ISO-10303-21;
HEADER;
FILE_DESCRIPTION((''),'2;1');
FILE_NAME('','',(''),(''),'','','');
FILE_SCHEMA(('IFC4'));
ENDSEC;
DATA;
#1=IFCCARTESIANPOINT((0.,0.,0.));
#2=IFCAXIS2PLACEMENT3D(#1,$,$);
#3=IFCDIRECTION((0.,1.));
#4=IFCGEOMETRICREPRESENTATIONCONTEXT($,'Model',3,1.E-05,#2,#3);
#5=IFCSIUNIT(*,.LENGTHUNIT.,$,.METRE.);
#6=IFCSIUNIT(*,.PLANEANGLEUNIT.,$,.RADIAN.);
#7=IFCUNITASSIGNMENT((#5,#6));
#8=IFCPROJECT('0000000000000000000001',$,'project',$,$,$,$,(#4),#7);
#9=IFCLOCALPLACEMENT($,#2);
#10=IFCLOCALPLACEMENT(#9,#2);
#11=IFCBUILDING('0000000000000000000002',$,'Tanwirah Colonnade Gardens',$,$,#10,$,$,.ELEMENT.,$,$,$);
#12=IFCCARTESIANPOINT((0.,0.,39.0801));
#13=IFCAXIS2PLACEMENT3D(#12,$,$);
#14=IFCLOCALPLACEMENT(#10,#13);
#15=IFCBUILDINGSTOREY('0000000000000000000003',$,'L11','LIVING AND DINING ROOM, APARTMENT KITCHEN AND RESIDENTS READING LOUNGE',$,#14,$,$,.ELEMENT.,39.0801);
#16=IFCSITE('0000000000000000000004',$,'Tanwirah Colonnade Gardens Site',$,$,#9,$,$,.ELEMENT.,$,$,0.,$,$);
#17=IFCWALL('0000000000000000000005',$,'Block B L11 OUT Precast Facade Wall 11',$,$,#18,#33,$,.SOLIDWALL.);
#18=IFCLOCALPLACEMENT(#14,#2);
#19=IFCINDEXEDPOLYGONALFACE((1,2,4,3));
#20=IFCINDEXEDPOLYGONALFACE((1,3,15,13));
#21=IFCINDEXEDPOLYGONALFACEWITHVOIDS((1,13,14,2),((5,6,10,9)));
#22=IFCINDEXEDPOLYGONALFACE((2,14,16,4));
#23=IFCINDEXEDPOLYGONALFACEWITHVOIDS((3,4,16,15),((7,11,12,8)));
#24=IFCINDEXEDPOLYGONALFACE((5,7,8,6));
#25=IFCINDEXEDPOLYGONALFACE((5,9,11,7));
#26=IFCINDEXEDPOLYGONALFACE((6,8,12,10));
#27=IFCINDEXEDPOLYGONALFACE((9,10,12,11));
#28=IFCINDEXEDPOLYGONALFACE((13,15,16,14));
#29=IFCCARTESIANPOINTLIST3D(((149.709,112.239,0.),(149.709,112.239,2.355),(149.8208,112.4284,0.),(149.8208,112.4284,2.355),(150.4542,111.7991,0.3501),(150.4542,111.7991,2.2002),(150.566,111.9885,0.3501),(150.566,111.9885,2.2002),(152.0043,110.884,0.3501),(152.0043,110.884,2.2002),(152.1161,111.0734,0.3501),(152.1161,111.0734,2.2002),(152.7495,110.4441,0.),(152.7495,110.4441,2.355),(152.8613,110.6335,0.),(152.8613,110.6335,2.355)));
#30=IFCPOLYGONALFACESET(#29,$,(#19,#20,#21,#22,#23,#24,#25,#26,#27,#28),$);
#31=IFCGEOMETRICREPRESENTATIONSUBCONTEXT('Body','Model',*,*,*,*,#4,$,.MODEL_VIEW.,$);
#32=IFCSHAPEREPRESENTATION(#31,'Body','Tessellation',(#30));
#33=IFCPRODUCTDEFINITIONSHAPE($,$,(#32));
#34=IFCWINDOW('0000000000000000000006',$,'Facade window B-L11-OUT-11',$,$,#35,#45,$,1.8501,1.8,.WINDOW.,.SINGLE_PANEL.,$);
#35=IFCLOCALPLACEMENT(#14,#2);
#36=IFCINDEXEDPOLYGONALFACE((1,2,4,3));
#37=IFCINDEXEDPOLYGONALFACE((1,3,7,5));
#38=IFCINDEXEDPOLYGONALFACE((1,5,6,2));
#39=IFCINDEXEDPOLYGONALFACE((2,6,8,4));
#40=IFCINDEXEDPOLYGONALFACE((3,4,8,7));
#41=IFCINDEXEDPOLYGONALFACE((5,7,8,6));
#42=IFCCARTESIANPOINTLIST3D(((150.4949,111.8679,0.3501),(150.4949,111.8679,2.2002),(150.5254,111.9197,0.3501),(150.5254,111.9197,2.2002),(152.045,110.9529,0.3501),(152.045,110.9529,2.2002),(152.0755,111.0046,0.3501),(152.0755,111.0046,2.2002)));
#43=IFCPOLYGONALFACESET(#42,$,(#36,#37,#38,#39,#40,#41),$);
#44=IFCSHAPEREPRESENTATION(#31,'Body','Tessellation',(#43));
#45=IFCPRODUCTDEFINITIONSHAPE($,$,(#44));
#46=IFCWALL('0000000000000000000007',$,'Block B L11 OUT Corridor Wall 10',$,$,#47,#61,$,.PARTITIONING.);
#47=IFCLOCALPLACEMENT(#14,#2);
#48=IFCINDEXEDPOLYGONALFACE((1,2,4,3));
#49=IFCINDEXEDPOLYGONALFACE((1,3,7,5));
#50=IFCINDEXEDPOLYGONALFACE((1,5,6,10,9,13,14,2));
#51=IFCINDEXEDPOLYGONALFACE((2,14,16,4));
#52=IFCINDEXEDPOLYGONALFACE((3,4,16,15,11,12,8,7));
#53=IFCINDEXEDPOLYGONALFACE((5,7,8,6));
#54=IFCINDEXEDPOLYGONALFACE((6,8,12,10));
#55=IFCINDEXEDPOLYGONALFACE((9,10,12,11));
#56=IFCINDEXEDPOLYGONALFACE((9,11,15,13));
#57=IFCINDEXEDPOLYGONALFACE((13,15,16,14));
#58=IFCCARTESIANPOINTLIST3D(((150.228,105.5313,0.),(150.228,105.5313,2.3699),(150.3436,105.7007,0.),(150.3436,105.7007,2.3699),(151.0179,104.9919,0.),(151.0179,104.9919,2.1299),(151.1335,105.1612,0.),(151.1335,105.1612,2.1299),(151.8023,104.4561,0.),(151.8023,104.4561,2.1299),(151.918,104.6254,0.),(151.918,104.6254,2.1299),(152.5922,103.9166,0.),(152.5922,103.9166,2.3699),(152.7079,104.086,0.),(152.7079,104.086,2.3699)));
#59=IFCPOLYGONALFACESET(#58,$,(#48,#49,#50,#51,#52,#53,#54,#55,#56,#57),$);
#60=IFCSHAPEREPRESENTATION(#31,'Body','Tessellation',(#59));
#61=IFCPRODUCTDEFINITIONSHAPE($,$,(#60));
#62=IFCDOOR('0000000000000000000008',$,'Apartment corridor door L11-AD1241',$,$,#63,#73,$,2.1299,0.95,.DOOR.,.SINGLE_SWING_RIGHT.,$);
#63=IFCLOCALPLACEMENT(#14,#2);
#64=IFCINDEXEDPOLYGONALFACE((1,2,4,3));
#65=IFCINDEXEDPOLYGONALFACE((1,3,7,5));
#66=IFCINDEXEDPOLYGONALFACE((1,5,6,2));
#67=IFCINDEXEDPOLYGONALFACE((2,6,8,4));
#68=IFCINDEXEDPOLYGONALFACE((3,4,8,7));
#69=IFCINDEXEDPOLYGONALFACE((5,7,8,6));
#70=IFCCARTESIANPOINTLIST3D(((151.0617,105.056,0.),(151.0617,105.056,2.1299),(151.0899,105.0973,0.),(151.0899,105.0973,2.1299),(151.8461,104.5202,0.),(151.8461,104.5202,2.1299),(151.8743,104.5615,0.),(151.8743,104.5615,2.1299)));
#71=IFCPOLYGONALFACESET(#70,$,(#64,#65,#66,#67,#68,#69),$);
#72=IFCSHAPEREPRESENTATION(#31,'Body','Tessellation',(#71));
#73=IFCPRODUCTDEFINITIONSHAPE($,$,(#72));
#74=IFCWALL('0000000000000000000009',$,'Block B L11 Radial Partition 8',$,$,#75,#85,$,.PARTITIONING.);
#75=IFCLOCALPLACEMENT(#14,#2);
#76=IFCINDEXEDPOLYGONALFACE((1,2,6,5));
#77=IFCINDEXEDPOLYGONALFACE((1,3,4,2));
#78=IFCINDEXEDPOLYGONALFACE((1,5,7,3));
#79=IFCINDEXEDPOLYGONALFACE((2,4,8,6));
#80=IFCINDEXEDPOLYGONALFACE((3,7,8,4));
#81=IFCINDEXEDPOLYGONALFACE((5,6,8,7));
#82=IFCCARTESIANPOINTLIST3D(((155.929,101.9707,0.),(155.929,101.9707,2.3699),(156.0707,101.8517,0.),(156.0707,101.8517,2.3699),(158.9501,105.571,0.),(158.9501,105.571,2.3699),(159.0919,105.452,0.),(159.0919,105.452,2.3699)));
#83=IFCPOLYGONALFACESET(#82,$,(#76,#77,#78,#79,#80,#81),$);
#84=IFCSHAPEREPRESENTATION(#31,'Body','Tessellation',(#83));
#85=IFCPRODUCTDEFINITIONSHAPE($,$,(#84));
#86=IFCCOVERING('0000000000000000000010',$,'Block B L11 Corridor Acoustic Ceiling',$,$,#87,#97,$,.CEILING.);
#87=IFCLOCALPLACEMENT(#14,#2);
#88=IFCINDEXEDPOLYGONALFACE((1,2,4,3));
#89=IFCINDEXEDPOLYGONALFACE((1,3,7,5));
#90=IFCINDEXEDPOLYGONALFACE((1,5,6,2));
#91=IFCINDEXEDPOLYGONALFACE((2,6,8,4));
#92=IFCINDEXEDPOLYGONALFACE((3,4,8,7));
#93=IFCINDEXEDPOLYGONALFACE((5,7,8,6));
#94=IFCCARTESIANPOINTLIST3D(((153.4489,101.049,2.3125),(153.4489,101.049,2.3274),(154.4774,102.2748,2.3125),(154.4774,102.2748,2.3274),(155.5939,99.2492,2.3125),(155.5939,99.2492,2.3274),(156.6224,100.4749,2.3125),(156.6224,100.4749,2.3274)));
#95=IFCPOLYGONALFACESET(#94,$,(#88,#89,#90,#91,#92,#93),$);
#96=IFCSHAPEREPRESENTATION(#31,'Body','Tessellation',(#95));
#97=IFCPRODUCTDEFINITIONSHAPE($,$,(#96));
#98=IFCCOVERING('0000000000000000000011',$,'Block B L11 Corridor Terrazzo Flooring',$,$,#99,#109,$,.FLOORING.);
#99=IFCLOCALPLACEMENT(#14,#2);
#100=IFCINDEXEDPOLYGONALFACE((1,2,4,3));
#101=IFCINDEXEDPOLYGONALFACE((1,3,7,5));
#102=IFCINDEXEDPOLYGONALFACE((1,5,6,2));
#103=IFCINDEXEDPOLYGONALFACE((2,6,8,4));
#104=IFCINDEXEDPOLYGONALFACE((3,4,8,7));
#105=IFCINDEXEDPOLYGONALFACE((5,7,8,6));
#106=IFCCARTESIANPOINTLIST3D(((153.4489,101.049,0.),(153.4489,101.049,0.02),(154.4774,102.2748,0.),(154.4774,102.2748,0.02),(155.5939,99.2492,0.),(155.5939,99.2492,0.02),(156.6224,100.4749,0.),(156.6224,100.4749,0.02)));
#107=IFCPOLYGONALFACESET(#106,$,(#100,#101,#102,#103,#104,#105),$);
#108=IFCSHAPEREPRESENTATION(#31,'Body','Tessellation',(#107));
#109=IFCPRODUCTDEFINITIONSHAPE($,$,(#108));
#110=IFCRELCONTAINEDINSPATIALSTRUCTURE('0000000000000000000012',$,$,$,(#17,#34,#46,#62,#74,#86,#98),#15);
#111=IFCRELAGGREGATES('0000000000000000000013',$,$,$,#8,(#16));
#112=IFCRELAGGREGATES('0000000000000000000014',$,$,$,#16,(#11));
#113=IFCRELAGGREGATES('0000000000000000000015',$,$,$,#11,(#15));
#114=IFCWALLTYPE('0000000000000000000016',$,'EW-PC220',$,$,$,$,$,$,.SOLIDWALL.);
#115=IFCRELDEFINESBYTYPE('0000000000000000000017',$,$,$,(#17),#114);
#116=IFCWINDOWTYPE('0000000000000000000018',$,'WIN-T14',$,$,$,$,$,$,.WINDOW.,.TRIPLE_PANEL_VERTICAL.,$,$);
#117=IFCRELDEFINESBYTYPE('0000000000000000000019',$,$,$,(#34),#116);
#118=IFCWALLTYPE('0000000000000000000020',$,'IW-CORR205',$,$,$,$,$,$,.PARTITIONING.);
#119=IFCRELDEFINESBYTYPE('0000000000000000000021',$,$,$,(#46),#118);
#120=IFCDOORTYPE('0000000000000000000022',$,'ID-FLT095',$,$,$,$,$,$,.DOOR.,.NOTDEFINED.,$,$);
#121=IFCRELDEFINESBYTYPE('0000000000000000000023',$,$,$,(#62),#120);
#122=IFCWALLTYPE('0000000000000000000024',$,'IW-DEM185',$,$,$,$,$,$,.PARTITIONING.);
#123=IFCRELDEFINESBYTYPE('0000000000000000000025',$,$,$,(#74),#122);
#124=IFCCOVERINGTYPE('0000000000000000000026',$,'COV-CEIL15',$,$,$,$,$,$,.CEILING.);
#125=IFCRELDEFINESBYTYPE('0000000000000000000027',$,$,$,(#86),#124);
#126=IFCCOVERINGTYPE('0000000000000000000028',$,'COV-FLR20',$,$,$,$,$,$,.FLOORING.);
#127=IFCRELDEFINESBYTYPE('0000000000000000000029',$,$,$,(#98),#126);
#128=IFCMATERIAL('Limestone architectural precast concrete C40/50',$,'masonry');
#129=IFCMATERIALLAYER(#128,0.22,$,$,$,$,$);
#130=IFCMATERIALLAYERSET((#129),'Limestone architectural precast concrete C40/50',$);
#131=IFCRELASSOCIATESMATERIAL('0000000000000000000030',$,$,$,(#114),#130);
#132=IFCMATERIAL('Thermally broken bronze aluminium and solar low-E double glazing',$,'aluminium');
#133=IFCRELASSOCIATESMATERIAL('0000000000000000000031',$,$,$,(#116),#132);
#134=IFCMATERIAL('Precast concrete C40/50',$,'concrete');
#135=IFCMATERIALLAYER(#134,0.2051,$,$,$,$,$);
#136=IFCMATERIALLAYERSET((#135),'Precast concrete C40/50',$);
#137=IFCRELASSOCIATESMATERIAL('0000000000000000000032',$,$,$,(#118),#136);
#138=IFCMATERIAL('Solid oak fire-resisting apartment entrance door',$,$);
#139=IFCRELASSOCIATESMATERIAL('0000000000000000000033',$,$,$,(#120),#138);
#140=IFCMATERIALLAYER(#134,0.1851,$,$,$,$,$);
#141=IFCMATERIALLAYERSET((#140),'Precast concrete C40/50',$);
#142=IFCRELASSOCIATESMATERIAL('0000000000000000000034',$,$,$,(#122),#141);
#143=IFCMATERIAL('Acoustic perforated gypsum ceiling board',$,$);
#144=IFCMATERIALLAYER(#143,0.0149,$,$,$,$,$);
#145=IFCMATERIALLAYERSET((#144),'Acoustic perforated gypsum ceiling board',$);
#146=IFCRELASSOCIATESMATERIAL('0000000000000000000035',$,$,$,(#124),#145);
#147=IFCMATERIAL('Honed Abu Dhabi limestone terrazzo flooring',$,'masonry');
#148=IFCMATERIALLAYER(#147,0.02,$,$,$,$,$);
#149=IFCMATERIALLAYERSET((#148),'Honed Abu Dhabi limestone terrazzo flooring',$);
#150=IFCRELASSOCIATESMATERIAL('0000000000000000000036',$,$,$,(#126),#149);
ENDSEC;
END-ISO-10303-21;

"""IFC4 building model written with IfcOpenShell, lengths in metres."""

from ifc_helpers import new_model, si_unit, direction, frame, frame_2d, origin, origin_2d, place, context, subcontext, project, spatial, rectangle, extrude, material, layer, layer_set, type_object, element, fill, save


model = new_model("IFC4")

# Units and contexts
model_context = context("Model", 3, precision=1e-05, world=origin(), true_north=direction((0.0, 1.0)))
body_context = subcontext(model_context, "Body", "Model", "MODEL_VIEW")
ifc_project = project(units=[si_unit("LENGTHUNIT", "METRE"), si_unit("PLANEANGLEUNIT", "RADIAN")], contexts=[model_context])

# Site, building, storey
site_placement = place(None, origin())
site = spatial("IfcSite", under=ifc_project, at=site_placement, Name="Tanwirah Colonnade Gardens Site", CompositionType="ELEMENT", RefElevation=0.0)
building_placement = place(site_placement, origin())
building = spatial("IfcBuilding", under=site, at=building_placement, Name="Tanwirah Colonnade Gardens", CompositionType="ELEMENT")
storey_placement = place(building_placement, frame((0.0, 0.0, 39.0801)))
storey = spatial("IfcBuildingStorey", under=building, at=storey_placement, Name="L11", Description="LIVING AND DINING ROOM, APARTMENT KITCHEN AND RESIDENTS READING LOUNGE", CompositionType="ELEMENT", Elevation=39.0801)

# Shared definitions
ifc_material_1 = material(Name="Precast concrete C40/50", Category="concrete")

# Shared definitions
ifc_material_2 = material(Name="Limestone architectural precast concrete C40/50", Category="masonry")
ifc_layer_1 = layer(ifc_material_2, 0.22)
ifc_layer_set_1 = layer_set([ifc_layer_1], Name="Limestone architectural precast concrete C40/50")
wall_type_1 = type_object("IfcWallType", Name="EW-PC220", PredefinedType="SOLIDWALL", material=ifc_layer_set_1)

# Wall, opening, window
ifc_material_3 = material(Name="Thermally broken bronze aluminium and solar low-E double glazing", Category="aluminium")
wall_1_placement = place(storey_placement, frame((152.8054, 110.5388, 0.0), z_axis=(0.0, 0.0, 1.0), x_axis=(-0.861144, 0.508361, 0.0)))
wall_1 = element("IfcWall", 1, at=wall_1_placement, inside=storey, type_object=wall_type_1, Name="Block B L11 OUT Precast Facade Wall 11", PredefinedType="SOLIDWALL", context=body_context, shape_type="SweptSolid", body=[
    extrude(rectangle(XDim=3.5308, YDim=0.22, at=frame_2d((1.7654, 0.0))), origin(), (0.0, 0.0, 1.0), 2.355),
])
opening_1_placement = place(wall_1_placement, frame((0.8655, 0.0, 0.3501)))
opening_1 = element("IfcOpeningElement", 2, at=opening_1_placement, cuts=wall_1, PredefinedType="OPENING", context=body_context, shape_type="SweptSolid", body=[
    extrude(rectangle(XDim=1.8, YDim=1.8501, at=frame_2d((0.8999, 0.925))), frame((0.0, 0.1199, 0.0), z_axis=(0.0, -1.0, 0.0), x_axis=(1.0, 0.0, 0.0)), (0.0, 0.0, 1.0), 0.24),
])
window_type_1 = type_object("IfcWindowType", Name="WIN-T14", PartitioningType="TRIPLE_PANEL_VERTICAL", PredefinedType="WINDOW", material=ifc_material_3)
window_1_placement = place(opening_1_placement, origin())
window_1 = element("IfcWindow", 3, at=window_1_placement, inside=storey, type_object=window_type_1, Name="Facade window B-L11-OUT-11", OverallHeight=1.8501, OverallWidth=1.8, PartitioningType="SINGLE_PANEL", PredefinedType="WINDOW", context=body_context, shape_type="SweptSolid", body=[
    extrude(rectangle(XDim=1.8, YDim=1.8501, at=frame_2d((0.8999, 0.925))), frame((0.0, 0.03, 0.0), z_axis=(0.0, -1.0, 0.0), x_axis=(1.0, 0.0, 0.0)), (0.0, 0.0, 1.0), 0.0601),
])
fill(opening_1, window_1)

# Wall, opening, door
ifc_layer_2 = layer(ifc_material_1, 0.2051)
ifc_layer_set_2 = layer_set([ifc_layer_2], Name="Precast concrete C40/50")
wall_type_2 = type_object("IfcWallType", Name="IW-CORR205", PredefinedType="PARTITIONING", material=ifc_layer_set_2)
ifc_material_4 = material(Name="Solid oak fire-resisting apartment entrance door")
wall_2_placement = place(storey_placement, frame((152.6501, 104.0012, 0.0), z_axis=(0.0, 0.0, 1.0), x_axis=(-0.82578, 0.563993, 0.0)))
wall_2 = element("IfcWall", 4, at=wall_2_placement, inside=storey, type_object=wall_type_2, Name="Block B L11 OUT Corridor Wall 10", PredefinedType="PARTITIONING", context=body_context, shape_type="SweptSolid", body=[
    extrude(rectangle(XDim=2.863, YDim=0.2051, at=frame_2d((1.4316, 0.0))), origin(), (0.0, 0.0, 1.0), 2.3699),
])
opening_2_placement = place(wall_2_placement, frame((0.9565, 0.0, 0.0)))
opening_2 = element("IfcOpeningElement", 5, at=opening_2_placement, cuts=wall_2, PredefinedType="OPENING", context=body_context, shape_type="SweptSolid", body=[
    extrude(rectangle(XDim=0.95, YDim=2.1299, at=frame_2d((0.4751, 1.0649))), frame((0.0, 0.1125, 0.0), z_axis=(0.0, -1.0, 0.0), x_axis=(1.0, 0.0, 0.0)), (0.0, 0.0, 1.0), 0.2251),
])
door_type_1 = type_object("IfcDoorType", Name="ID-FLT095", OperationType="NOTDEFINED", PredefinedType="DOOR", material=ifc_material_4)
door_1_placement = place(opening_2_placement, origin())
door_1 = element("IfcDoor", 6, at=door_1_placement, inside=storey, type_object=door_type_1, Name="Apartment corridor door L11-AD1241", OperationType="SINGLE_SWING_RIGHT", OverallHeight=2.1299, OverallWidth=0.95, PredefinedType="DOOR", context=body_context, shape_type="SweptSolid", body=[
    extrude(rectangle(XDim=0.95, YDim=2.1299, at=frame_2d((0.4751, 1.0649))), frame((0.0, 0.0249, 0.0), z_axis=(0.0, -1.0, 0.0), x_axis=(1.0, 0.0, 0.0)), (0.0, 0.0, 1.0), 0.05),
])
fill(opening_2, door_1)

# Wall
ifc_layer_3 = layer(ifc_material_1, 0.1851)
ifc_layer_set_3 = layer_set([ifc_layer_3], Name="Precast concrete C40/50")
wall_type_3 = type_object("IfcWallType", Name="IW-DEM185", PredefinedType="PARTITIONING", material=ifc_layer_set_3)
wall_3_placement = place(storey_placement, frame((155.9998, 101.9111, 0.0), z_axis=(0.0, 0.0, 1.0), x_axis=(0.642812, 0.766024, 0.0)))
element("IfcWall", 7, at=wall_3_placement, inside=storey, type_object=wall_type_3, Name="Block B L11 Radial Partition 8", PredefinedType="PARTITIONING", context=body_context, shape_type="SweptSolid", body=[
    extrude(rectangle(XDim=4.7, YDim=0.1851, at=frame_2d((2.3501, 0.0))), origin(), (0.0, 0.0, 1.0), 2.3699),
])

# Coverings
ifc_material_5 = material(Name="Acoustic perforated gypsum ceiling board")
ifc_layer_4 = layer(ifc_material_5, 0.0149)
ifc_layer_set_4 = layer_set([ifc_layer_4], Name="Acoustic perforated gypsum ceiling board")
covering_type_1 = type_object("IfcCoveringType", Name="COV-CEIL15", PredefinedType="CEILING", material=ifc_layer_set_4)
covering_1_placement = place(storey_placement, frame((155.0356, 100.762, 2.3125), z_axis=(0.0, 0.0, 1.0), x_axis=(-0.766044, 0.642788, 0.0)))
element("IfcCovering", 8, at=covering_1_placement, inside=storey, type_object=covering_type_1, Name="Block B L11 Corridor Acoustic Ceiling", PredefinedType="CEILING", context=body_context, shape_type="SweptSolid", body=[
    extrude(rectangle(XDim=2.8, YDim=1.6001, at=origin_2d()), origin(), (0.0, 0.0, 1.0), 0.0149),
])
ifc_material_6 = material(Name="Honed Abu Dhabi limestone terrazzo flooring", Category="masonry")
ifc_layer_5 = layer(ifc_material_6, 0.02)
ifc_layer_set_5 = layer_set([ifc_layer_5], Name="Honed Abu Dhabi limestone terrazzo flooring")
covering_type_2 = type_object("IfcCoveringType", Name="COV-FLR20", PredefinedType="FLOORING", material=ifc_layer_set_5)
covering_2_placement = place(storey_placement, frame((155.0356, 100.762, 0.0), z_axis=(0.0, 0.0, 1.0), x_axis=(-0.766044, 0.642788, 0.0)))
element("IfcCovering", 9, at=covering_2_placement, inside=storey, type_object=covering_type_2, Name="Block B L11 Corridor Terrazzo Flooring", PredefinedType="FLOORING", context=body_context, shape_type="SweptSolid", body=[
    extrude(rectangle(XDim=2.8, YDim=1.6001, at=origin_2d()), origin(), (0.0, 0.0, 1.0), 0.02),
])

save(model, "model.ifc")
